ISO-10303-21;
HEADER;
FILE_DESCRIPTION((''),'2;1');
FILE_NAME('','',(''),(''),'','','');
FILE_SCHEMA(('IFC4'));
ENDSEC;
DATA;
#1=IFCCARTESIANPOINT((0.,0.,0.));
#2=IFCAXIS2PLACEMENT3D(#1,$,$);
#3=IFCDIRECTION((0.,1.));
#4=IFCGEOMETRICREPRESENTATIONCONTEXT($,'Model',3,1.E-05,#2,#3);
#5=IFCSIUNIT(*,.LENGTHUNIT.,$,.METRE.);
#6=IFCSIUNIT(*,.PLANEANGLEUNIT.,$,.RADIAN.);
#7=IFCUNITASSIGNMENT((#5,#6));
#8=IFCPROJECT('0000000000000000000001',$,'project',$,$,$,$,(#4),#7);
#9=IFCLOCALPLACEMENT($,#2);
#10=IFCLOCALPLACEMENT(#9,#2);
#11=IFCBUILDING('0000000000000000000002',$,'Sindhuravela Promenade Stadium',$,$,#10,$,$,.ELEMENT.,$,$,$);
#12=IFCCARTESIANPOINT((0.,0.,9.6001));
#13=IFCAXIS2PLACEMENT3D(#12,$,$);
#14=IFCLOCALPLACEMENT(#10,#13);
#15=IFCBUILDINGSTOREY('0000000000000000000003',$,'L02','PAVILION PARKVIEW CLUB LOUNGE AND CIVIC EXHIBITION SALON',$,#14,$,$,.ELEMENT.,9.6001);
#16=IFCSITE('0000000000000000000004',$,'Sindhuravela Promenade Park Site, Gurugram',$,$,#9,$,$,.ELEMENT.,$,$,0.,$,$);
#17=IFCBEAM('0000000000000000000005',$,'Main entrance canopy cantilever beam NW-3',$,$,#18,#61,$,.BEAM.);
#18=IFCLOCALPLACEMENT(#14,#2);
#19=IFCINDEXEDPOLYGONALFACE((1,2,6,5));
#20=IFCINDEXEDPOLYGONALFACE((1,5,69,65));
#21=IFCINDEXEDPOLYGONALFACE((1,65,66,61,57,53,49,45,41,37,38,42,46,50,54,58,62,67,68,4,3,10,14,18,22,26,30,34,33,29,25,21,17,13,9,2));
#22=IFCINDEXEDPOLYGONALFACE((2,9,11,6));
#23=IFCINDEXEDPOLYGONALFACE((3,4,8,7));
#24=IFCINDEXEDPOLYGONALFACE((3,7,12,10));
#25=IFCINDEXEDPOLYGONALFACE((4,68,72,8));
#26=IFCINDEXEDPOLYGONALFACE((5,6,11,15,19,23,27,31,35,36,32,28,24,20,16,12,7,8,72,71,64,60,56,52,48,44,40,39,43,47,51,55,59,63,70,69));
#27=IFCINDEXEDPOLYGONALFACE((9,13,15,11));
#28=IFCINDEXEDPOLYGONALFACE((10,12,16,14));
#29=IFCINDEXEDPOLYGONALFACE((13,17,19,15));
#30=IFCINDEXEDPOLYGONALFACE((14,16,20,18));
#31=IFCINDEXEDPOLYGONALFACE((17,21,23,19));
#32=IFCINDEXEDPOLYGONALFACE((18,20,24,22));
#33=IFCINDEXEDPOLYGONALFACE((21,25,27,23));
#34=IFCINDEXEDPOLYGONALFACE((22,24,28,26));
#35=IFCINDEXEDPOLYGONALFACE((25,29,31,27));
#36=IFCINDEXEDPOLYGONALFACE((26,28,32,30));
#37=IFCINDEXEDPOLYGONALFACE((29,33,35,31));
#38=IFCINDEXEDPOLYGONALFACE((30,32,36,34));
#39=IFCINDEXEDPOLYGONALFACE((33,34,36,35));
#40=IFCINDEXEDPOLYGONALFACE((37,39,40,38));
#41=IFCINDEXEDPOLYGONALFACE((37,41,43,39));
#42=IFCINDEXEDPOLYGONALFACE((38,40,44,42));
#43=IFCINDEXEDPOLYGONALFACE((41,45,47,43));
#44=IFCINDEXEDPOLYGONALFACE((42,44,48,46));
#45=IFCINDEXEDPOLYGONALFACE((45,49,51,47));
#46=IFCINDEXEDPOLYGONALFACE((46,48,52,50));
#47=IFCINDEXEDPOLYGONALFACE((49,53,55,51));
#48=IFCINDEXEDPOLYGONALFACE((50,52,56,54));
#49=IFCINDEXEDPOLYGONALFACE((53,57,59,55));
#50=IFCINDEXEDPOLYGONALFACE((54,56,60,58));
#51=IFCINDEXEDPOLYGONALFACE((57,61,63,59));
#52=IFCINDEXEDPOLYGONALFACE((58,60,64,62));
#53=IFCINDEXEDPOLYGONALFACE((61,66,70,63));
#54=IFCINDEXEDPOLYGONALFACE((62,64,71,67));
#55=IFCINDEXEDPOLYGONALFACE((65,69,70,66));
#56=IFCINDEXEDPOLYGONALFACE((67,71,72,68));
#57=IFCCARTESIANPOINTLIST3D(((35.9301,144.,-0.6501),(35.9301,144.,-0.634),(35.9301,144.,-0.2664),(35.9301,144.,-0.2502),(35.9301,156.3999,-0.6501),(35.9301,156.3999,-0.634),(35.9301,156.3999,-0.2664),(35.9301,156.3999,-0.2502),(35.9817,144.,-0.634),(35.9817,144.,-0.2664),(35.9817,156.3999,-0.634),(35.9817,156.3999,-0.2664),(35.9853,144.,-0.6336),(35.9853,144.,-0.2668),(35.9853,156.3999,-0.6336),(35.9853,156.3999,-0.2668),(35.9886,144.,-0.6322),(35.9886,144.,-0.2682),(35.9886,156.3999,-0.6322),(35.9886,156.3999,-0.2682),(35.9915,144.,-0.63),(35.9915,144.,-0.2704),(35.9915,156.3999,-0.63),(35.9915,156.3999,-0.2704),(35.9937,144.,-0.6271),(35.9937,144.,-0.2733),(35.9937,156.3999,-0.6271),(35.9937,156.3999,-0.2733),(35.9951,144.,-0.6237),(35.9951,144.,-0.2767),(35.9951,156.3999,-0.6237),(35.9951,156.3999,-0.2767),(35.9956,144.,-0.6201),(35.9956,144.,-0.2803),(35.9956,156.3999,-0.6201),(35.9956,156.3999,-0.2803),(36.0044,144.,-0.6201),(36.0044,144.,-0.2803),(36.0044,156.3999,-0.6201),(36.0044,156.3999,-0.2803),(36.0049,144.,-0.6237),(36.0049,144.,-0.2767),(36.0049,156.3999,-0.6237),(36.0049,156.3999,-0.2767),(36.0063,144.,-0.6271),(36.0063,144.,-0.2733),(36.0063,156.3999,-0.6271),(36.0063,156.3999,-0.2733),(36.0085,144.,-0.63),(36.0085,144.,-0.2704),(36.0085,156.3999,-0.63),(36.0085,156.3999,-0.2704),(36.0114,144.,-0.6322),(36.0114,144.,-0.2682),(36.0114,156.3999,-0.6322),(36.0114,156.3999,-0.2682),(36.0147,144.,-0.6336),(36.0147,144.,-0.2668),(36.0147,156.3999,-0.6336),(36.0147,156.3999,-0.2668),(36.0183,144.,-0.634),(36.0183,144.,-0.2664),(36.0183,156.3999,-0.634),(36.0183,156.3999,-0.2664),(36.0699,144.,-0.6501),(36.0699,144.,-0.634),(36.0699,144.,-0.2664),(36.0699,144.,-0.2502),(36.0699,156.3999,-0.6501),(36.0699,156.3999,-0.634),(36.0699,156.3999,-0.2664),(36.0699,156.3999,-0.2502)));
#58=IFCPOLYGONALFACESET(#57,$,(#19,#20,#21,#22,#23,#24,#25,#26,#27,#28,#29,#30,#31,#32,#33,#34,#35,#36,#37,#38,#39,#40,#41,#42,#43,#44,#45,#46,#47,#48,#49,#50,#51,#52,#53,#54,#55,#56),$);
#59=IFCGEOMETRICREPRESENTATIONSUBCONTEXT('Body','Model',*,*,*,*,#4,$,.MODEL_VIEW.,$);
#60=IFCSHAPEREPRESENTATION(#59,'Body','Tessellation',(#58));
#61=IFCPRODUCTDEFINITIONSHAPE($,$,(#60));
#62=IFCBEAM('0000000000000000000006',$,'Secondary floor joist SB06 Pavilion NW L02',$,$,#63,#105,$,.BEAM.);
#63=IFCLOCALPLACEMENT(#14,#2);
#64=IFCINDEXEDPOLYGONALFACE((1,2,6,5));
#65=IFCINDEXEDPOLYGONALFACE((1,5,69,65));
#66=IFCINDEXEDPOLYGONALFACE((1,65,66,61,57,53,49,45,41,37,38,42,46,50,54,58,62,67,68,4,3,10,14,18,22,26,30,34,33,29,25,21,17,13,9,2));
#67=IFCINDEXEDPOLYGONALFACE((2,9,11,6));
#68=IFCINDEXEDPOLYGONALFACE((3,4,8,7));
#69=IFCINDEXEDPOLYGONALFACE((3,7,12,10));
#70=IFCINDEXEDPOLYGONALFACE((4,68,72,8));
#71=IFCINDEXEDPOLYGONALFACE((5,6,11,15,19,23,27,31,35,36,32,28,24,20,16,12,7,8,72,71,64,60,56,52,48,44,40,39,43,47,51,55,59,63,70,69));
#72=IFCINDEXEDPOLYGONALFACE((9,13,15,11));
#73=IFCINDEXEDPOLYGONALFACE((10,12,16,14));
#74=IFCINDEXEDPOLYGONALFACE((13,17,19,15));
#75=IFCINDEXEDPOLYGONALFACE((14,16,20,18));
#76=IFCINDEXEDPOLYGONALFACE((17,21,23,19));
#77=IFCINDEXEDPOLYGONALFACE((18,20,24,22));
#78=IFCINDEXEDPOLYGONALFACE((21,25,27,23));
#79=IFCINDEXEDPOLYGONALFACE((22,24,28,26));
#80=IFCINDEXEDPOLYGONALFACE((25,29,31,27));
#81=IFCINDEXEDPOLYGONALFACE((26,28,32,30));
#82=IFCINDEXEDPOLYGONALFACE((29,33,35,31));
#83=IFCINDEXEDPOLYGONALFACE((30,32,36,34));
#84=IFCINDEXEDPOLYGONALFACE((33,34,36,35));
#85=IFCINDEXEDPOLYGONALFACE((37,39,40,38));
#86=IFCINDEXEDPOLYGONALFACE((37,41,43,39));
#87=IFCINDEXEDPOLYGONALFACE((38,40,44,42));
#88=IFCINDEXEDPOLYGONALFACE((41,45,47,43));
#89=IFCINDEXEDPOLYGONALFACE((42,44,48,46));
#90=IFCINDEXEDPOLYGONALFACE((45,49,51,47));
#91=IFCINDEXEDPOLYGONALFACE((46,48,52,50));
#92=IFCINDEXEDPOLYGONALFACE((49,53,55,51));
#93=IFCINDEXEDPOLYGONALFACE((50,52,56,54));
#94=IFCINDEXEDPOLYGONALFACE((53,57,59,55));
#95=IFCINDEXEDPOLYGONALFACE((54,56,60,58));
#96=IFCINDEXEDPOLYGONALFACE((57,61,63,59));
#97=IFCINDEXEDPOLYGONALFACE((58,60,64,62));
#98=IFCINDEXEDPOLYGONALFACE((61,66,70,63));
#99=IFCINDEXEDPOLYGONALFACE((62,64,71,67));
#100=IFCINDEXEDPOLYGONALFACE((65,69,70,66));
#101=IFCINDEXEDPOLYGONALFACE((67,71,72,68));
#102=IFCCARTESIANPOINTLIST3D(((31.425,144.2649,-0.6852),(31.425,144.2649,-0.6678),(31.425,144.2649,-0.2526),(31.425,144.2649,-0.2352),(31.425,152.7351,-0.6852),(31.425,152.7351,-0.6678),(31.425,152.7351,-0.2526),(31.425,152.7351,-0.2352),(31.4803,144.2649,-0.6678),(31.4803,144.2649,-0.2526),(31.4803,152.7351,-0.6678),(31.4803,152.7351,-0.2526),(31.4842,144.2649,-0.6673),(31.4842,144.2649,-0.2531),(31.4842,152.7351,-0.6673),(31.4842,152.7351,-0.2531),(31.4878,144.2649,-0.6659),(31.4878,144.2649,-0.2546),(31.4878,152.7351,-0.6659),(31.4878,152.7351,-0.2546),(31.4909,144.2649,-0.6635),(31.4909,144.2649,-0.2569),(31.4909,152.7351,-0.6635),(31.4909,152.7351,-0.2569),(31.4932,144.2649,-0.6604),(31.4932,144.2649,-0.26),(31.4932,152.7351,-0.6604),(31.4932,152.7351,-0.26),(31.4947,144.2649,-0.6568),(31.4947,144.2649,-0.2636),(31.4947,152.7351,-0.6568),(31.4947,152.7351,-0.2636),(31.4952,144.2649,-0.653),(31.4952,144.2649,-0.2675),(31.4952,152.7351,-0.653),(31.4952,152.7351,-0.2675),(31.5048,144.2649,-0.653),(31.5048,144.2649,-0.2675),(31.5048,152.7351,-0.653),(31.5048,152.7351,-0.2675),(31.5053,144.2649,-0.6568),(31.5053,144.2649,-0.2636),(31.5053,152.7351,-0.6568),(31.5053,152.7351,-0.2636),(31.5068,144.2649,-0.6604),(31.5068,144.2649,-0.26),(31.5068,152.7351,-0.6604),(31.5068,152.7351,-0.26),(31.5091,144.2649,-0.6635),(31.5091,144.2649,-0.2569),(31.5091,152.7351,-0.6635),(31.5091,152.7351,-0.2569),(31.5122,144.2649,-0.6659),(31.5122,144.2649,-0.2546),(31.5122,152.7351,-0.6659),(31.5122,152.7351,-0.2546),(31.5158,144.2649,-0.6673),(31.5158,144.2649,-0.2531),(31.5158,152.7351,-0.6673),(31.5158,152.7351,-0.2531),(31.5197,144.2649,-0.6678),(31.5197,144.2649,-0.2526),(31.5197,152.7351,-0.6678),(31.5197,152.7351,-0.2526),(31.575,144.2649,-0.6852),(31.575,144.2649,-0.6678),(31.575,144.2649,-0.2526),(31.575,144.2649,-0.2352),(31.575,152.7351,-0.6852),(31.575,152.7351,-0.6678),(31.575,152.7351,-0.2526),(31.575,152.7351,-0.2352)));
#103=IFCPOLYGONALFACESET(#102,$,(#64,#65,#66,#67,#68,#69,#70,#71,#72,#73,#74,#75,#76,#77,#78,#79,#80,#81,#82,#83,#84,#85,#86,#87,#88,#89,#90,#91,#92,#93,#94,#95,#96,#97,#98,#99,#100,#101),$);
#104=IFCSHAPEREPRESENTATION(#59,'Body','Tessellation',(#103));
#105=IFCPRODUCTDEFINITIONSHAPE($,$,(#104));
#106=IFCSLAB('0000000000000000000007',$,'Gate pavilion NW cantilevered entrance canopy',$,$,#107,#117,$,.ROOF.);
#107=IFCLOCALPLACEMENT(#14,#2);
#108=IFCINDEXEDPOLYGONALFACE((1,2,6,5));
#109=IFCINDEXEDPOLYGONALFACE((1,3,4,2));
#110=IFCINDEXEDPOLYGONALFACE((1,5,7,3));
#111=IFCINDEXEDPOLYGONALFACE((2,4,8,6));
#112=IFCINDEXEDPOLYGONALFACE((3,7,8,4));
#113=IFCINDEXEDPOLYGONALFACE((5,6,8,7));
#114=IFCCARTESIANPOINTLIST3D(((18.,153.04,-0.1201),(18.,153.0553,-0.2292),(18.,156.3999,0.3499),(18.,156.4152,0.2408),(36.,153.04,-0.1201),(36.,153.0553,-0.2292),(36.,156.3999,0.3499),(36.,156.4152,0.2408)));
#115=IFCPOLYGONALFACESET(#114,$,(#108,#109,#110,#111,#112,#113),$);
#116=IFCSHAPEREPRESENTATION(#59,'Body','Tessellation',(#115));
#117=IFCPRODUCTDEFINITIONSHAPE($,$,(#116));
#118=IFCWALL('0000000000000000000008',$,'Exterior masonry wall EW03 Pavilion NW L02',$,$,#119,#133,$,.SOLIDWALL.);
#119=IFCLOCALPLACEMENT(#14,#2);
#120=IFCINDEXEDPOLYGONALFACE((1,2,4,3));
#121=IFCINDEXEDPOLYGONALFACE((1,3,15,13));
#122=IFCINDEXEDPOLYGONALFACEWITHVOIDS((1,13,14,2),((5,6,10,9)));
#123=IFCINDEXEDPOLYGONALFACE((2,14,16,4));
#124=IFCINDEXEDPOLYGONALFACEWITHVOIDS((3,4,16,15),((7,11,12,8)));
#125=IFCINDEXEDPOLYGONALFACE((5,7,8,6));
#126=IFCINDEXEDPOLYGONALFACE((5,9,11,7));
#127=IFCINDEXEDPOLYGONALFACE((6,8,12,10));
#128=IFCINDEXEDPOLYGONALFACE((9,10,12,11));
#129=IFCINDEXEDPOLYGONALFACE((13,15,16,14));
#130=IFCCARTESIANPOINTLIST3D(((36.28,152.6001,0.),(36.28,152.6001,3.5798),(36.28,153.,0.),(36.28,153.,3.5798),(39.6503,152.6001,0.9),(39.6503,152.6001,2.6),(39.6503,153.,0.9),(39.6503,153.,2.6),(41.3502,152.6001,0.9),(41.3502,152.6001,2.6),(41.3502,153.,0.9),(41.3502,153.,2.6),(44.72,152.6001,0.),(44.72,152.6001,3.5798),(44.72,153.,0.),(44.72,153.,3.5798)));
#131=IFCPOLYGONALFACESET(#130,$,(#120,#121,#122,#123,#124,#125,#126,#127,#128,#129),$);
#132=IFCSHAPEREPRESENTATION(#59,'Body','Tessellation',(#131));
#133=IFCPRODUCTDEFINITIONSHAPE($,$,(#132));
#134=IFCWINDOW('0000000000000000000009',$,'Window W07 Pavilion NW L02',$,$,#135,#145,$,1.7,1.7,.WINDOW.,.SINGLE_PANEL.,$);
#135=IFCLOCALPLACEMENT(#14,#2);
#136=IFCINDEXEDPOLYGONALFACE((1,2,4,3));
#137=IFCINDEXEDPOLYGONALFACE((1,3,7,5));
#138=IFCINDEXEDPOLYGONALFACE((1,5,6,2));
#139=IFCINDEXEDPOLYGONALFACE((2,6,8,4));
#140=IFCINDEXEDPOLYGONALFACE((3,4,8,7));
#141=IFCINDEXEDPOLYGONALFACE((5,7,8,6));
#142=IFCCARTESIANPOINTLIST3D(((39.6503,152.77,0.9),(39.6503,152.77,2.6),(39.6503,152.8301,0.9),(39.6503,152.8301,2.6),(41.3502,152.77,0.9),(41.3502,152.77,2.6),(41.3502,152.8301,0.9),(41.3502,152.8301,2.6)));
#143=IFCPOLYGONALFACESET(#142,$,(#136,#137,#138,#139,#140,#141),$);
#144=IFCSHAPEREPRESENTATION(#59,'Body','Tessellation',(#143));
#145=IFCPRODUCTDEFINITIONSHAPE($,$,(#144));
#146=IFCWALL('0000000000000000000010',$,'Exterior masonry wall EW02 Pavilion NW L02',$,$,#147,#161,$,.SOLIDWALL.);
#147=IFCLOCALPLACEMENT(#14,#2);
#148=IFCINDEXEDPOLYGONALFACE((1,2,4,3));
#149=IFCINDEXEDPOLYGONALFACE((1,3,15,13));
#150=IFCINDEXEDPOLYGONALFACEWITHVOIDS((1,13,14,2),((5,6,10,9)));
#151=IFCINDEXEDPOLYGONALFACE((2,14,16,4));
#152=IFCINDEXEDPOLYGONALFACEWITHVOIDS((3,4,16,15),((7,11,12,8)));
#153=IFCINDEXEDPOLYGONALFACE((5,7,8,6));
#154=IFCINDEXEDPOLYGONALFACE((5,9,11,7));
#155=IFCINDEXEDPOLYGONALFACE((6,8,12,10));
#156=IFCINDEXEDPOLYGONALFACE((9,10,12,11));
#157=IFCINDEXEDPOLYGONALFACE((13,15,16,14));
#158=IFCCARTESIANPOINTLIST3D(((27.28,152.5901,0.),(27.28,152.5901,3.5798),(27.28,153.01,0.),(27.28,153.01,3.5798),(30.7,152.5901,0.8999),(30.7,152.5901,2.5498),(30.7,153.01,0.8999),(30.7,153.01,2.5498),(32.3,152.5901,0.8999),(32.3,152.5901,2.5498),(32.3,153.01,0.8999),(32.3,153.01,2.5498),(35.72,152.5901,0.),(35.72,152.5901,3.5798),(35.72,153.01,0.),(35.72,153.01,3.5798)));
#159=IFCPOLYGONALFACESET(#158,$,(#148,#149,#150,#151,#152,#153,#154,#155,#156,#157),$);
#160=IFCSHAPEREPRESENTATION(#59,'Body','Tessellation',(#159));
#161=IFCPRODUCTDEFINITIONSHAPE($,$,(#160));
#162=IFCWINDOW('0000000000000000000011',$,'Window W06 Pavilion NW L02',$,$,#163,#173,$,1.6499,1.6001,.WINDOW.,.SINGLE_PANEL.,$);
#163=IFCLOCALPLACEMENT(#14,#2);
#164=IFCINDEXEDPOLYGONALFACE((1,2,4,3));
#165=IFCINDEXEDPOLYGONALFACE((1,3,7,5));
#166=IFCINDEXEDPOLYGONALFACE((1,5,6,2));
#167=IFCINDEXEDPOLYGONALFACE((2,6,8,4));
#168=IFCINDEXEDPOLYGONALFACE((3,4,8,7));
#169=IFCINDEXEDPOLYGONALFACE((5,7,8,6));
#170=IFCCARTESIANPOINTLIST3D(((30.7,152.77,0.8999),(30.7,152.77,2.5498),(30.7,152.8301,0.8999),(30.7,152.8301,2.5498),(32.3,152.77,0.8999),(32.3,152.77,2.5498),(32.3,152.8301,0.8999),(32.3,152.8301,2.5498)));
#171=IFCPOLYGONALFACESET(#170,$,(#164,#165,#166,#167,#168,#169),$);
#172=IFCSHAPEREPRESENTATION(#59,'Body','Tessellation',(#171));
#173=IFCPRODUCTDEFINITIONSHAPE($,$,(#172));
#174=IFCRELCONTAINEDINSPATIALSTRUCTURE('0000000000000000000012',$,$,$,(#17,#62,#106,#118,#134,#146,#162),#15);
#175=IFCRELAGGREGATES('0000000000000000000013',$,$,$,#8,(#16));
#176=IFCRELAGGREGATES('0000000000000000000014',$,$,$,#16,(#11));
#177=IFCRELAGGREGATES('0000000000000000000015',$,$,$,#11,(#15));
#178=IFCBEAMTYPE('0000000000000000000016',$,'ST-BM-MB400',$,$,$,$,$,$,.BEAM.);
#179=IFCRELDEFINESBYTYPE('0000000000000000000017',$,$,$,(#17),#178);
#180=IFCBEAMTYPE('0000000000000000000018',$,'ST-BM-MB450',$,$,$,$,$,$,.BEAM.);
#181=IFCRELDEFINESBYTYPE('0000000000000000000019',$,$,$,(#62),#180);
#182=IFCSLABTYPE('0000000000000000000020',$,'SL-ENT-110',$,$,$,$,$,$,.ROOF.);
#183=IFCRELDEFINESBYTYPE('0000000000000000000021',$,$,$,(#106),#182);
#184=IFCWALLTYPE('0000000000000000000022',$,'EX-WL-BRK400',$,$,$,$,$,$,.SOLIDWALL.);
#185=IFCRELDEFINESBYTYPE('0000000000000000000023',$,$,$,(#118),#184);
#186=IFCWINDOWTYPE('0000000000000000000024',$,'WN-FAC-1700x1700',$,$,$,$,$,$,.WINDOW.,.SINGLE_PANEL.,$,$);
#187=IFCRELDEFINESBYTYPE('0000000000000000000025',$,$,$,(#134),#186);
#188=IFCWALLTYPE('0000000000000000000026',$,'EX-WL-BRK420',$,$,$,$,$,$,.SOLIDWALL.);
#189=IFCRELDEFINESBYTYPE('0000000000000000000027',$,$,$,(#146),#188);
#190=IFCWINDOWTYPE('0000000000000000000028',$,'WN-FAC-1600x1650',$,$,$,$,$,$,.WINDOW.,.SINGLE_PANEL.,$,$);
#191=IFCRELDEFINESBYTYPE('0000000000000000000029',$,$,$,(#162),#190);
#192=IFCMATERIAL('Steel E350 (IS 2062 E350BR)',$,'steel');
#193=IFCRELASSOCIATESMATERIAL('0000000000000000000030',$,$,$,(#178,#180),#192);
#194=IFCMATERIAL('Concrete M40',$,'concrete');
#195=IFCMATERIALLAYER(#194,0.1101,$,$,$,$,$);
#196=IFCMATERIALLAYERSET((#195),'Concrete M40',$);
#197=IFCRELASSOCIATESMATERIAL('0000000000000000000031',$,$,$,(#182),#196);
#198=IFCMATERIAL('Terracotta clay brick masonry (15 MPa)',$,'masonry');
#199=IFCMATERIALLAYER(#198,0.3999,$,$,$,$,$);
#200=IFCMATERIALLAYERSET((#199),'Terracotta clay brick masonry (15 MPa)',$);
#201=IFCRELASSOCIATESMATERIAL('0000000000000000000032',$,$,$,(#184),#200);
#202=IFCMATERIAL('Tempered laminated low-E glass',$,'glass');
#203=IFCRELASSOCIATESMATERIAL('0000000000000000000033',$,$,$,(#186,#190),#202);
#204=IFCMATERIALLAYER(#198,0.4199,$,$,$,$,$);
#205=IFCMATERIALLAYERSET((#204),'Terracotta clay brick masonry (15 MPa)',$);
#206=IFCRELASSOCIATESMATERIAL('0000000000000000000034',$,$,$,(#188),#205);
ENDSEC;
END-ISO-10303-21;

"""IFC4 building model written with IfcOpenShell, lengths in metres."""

from ifc_helpers import new_model, si_unit, direction, frame, frame_2d, origin, origin_2d, place, context, subcontext, project, spatial, polyline, rectangle, i_section, outline, extrude, material, layer, layer_set, material_profile, profile_set, type_object, element, fill, save


model = new_model("IFC4")

# Units and contexts
model_context = context("Model", 3, precision=1e-05, world=origin(), true_north=direction((0.0, 1.0)))
body_context = subcontext(model_context, "Body", "Model", "MODEL_VIEW")
ifc_project = project(units=[si_unit("LENGTHUNIT", "METRE"), si_unit("PLANEANGLEUNIT", "RADIAN")], contexts=[model_context])

# Site, building, storey
site_placement = place(None, origin())
site = spatial("IfcSite", under=ifc_project, at=site_placement, Name="Sindhuravela Promenade Park Site, Gurugram", CompositionType="ELEMENT", RefElevation=0.0)
building_placement = place(site_placement, origin())
building = spatial("IfcBuilding", under=site, at=building_placement, Name="Sindhuravela Promenade Stadium", CompositionType="ELEMENT")
storey_placement = place(building_placement, frame((0.0, 0.0, 9.6001)))
storey = spatial("IfcBuildingStorey", under=building, at=storey_placement, Name="L02", Description="PAVILION PARKVIEW CLUB LOUNGE AND CIVIC EXHIBITION SALON", CompositionType="ELEMENT", Elevation=9.6001)

# Shared definitions
ifc_material_1 = material(Name="Concrete M40", Category="concrete")

# Beams
ifc_material_2 = material(Name="Steel E350 (IS 2062 E350BR)", Category="steel")
ifc_material_profile_1 = material_profile(ifc_material_2, i_section(OverallWidth=0.1399, OverallDepth=0.3999, WebThickness=0.0088, FlangeThickness=0.0161, FilletRadius=0.0139, at=origin_2d()), Name="ISMB 400")
ifc_profile_set_1 = profile_set([ifc_material_profile_1], Name="Steel E350 (IS 2062 E350BR)")
beam_type_1 = type_object("IfcBeamType", Name="ST-BM-MB400", PredefinedType="BEAM", material=ifc_profile_set_1)
for number, where, z_axis, x_axis, name in (
    (1, (36.0, 144.0, -0.4502), (0.0, 1.0, 0.0), (-1.0, 0.0, 0.0), "Main entrance canopy cantilever beam NW-3"),
):
    element("IfcBeam", number, at=place(storey_placement, frame(where, z_axis=z_axis, x_axis=x_axis)), inside=storey, type_object=beam_type_1, Name=name, PredefinedType="BEAM", context=body_context, shape_type="SweptSolid", body=[
        extrude(i_section(OverallWidth=0.1399, OverallDepth=0.3999, WebThickness=0.0088, FlangeThickness=0.0161, FilletRadius=0.0139, at=origin_2d()), origin(), (0.0, 0.0, 1.0), 12.3999),
    ])
ifc_material_profile_2 = material_profile(ifc_material_2, i_section(OverallWidth=0.1499, OverallDepth=0.45, WebThickness=0.0095, FlangeThickness=0.0173, FilletRadius=0.0149, at=origin_2d()), Name="ISMB 450")
ifc_profile_set_2 = profile_set([ifc_material_profile_2], Name="Steel E350 (IS 2062 E350BR)")
beam_type_2 = type_object("IfcBeamType", Name="ST-BM-MB450", PredefinedType="BEAM", material=ifc_profile_set_2)
beam_1_placement = place(storey_placement, frame((31.5, 144.2649, -0.4602), z_axis=(0.0, 1.0, 0.0), x_axis=(-1.0, 0.0, 0.0)))
element("IfcBeam", 2, at=beam_1_placement, inside=storey, type_object=beam_type_2, Name="Secondary floor joist SB06 Pavilion NW L02", PredefinedType="BEAM", context=body_context, shape_type="SweptSolid", body=[
    extrude(i_section(OverallWidth=0.1499, OverallDepth=0.45, WebThickness=0.0095, FlangeThickness=0.0173, FilletRadius=0.0149, at=origin_2d()), origin(), (0.0, 0.0, 1.0), 8.4702),
])

# Slab
ifc_layer_1 = layer(ifc_material_1, 0.1101)
ifc_layer_set_1 = layer_set([ifc_layer_1], Name="Concrete M40")
slab_type = type_object("IfcSlabType", Name="SL-ENT-110", PredefinedType="ROOF", material=ifc_layer_set_1)
slab_placement = place(storey_placement, frame((18.0, 153.04, -0.1201), z_axis=(0.0, -0.138529, 0.990358), x_axis=(1.0, 0.0, 0.0)))
element("IfcSlab", 3, at=slab_placement, inside=storey, type_object=slab_type, Name="Gate pavilion NW cantilevered entrance canopy", PredefinedType="ROOF", context=body_context, shape_type="SweptSolid", body=[
    extrude(outline(polyline([(0.0, 0.0), (18.0, 0.0), (18.0, 3.3926), (0.0, 3.3926), (0.0, 0.0)])), origin(), (0.0, 0.0, -1.0), 0.1101),
])

# Walls, openings, windows
ifc_material_3 = material(Name="Terracotta clay brick masonry (15 MPa)", Category="masonry")
ifc_layer_2 = layer(ifc_material_3, 0.3999)
ifc_layer_set_2 = layer_set([ifc_layer_2], Name="Terracotta clay brick masonry (15 MPa)")
wall_type_1 = type_object("IfcWallType", Name="EX-WL-BRK400", PredefinedType="SOLIDWALL", material=ifc_layer_set_2)
wall_1_placement = place(storey_placement, frame((36.28, 152.8, 0.0), z_axis=(0.0, 0.0, 1.0), x_axis=(1.0, 0.0, 0.0)))
wall_1 = element("IfcWall", 4, at=wall_1_placement, inside=storey, type_object=wall_type_1, Name="Exterior masonry wall EW03 Pavilion NW L02", PredefinedType="SOLIDWALL", context=body_context, shape_type="SweptSolid", body=[
    extrude(rectangle(XDim=8.4399, YDim=0.3999, at=frame_2d((4.22, 0.0))), origin(), (0.0, 0.0, 1.0), 3.5798),
])
opening_1_placement = place(wall_1_placement, frame((3.3701, 0.0, 0.8999)))
opening_1 = element("IfcOpeningElement", 5, at=opening_1_placement, cuts=wall_1, PredefinedType="OPENING", context=body_context, shape_type="SweptSolid", body=[
    extrude(rectangle(XDim=1.7, YDim=1.7, at=frame_2d((0.8501, 0.8501))), frame((0.0, 0.21, 0.0), z_axis=(0.0, -1.0, 0.0), x_axis=(1.0, 0.0, 0.0)), (0.0, 0.0, 1.0), 0.4199),
])
ifc_material_4 = material(Name="Tempered laminated low-E glass", Category="glass")
window_type_1 = type_object("IfcWindowType", Name="WN-FAC-1700x1700", PartitioningType="SINGLE_PANEL", PredefinedType="WINDOW", material=ifc_material_4)
window_1_placement = place(opening_1_placement, origin())
window_1 = element("IfcWindow", 6, at=window_1_placement, inside=storey, type_object=window_type_1, Name="Window W07 Pavilion NW L02", OverallHeight=1.7, OverallWidth=1.7, PartitioningType="SINGLE_PANEL", PredefinedType="WINDOW", context=body_context, shape_type="SweptSolid", body=[
    extrude(rectangle(XDim=1.7, YDim=1.7, at=frame_2d((0.8501, 0.8501))), frame((0.0, 0.03, 0.0), z_axis=(0.0, -1.0, 0.0), x_axis=(1.0, 0.0, 0.0)), (0.0, 0.0, 1.0), 0.0601),
])
fill(opening_1, window_1)
ifc_layer_3 = layer(ifc_material_3, 0.4199)
ifc_layer_set_3 = layer_set([ifc_layer_3], Name="Terracotta clay brick masonry (15 MPa)")
wall_type_2 = type_object("IfcWallType", Name="EX-WL-BRK420", PredefinedType="SOLIDWALL", material=ifc_layer_set_3)
wall_2_placement = place(storey_placement, frame((27.28, 152.8, 0.0), z_axis=(0.0, 0.0, 1.0), x_axis=(1.0, 0.0, 0.0)))
wall_2 = element("IfcWall", 7, at=wall_2_placement, inside=storey, type_object=wall_type_2, Name="Exterior masonry wall EW02 Pavilion NW L02", PredefinedType="SOLIDWALL", context=body_context, shape_type="SweptSolid", body=[
    extrude(rectangle(XDim=8.4399, YDim=0.4199, at=frame_2d((4.22, 0.0))), origin(), (0.0, 0.0, 1.0), 3.5798),
])
opening_2_placement = place(wall_2_placement, frame((3.4199, 0.0, 0.8999)))
opening_2 = element("IfcOpeningElement", 8, at=opening_2_placement, cuts=wall_2, PredefinedType="OPENING", context=body_context, shape_type="SweptSolid", body=[
    extrude(rectangle(XDim=1.6001, YDim=1.6499, at=frame_2d((0.8, 0.825))), frame((0.0, 0.22, 0.0), z_axis=(0.0, -1.0, 0.0), x_axis=(1.0, 0.0, 0.0)), (0.0, 0.0, 1.0), 0.4399),
])
window_type_2 = type_object("IfcWindowType", Name="WN-FAC-1600x1650", PartitioningType="SINGLE_PANEL", PredefinedType="WINDOW", material=ifc_material_4)
window_2_placement = place(opening_2_placement, origin())
window_2 = element("IfcWindow", 9, at=window_2_placement, inside=storey, type_object=window_type_2, Name="Window W06 Pavilion NW L02", OverallHeight=1.6499, OverallWidth=1.6001, PartitioningType="SINGLE_PANEL", PredefinedType="WINDOW", context=body_context, shape_type="SweptSolid", body=[
    extrude(rectangle(XDim=1.6001, YDim=1.6499, at=frame_2d((0.8, 0.825))), frame((0.0, 0.03, 0.0), z_axis=(0.0, -1.0, 0.0), x_axis=(1.0, 0.0, 0.0)), (0.0, 0.0, 1.0), 0.0601),
])
fill(opening_2, window_2)

save(model, "model.ifc")
